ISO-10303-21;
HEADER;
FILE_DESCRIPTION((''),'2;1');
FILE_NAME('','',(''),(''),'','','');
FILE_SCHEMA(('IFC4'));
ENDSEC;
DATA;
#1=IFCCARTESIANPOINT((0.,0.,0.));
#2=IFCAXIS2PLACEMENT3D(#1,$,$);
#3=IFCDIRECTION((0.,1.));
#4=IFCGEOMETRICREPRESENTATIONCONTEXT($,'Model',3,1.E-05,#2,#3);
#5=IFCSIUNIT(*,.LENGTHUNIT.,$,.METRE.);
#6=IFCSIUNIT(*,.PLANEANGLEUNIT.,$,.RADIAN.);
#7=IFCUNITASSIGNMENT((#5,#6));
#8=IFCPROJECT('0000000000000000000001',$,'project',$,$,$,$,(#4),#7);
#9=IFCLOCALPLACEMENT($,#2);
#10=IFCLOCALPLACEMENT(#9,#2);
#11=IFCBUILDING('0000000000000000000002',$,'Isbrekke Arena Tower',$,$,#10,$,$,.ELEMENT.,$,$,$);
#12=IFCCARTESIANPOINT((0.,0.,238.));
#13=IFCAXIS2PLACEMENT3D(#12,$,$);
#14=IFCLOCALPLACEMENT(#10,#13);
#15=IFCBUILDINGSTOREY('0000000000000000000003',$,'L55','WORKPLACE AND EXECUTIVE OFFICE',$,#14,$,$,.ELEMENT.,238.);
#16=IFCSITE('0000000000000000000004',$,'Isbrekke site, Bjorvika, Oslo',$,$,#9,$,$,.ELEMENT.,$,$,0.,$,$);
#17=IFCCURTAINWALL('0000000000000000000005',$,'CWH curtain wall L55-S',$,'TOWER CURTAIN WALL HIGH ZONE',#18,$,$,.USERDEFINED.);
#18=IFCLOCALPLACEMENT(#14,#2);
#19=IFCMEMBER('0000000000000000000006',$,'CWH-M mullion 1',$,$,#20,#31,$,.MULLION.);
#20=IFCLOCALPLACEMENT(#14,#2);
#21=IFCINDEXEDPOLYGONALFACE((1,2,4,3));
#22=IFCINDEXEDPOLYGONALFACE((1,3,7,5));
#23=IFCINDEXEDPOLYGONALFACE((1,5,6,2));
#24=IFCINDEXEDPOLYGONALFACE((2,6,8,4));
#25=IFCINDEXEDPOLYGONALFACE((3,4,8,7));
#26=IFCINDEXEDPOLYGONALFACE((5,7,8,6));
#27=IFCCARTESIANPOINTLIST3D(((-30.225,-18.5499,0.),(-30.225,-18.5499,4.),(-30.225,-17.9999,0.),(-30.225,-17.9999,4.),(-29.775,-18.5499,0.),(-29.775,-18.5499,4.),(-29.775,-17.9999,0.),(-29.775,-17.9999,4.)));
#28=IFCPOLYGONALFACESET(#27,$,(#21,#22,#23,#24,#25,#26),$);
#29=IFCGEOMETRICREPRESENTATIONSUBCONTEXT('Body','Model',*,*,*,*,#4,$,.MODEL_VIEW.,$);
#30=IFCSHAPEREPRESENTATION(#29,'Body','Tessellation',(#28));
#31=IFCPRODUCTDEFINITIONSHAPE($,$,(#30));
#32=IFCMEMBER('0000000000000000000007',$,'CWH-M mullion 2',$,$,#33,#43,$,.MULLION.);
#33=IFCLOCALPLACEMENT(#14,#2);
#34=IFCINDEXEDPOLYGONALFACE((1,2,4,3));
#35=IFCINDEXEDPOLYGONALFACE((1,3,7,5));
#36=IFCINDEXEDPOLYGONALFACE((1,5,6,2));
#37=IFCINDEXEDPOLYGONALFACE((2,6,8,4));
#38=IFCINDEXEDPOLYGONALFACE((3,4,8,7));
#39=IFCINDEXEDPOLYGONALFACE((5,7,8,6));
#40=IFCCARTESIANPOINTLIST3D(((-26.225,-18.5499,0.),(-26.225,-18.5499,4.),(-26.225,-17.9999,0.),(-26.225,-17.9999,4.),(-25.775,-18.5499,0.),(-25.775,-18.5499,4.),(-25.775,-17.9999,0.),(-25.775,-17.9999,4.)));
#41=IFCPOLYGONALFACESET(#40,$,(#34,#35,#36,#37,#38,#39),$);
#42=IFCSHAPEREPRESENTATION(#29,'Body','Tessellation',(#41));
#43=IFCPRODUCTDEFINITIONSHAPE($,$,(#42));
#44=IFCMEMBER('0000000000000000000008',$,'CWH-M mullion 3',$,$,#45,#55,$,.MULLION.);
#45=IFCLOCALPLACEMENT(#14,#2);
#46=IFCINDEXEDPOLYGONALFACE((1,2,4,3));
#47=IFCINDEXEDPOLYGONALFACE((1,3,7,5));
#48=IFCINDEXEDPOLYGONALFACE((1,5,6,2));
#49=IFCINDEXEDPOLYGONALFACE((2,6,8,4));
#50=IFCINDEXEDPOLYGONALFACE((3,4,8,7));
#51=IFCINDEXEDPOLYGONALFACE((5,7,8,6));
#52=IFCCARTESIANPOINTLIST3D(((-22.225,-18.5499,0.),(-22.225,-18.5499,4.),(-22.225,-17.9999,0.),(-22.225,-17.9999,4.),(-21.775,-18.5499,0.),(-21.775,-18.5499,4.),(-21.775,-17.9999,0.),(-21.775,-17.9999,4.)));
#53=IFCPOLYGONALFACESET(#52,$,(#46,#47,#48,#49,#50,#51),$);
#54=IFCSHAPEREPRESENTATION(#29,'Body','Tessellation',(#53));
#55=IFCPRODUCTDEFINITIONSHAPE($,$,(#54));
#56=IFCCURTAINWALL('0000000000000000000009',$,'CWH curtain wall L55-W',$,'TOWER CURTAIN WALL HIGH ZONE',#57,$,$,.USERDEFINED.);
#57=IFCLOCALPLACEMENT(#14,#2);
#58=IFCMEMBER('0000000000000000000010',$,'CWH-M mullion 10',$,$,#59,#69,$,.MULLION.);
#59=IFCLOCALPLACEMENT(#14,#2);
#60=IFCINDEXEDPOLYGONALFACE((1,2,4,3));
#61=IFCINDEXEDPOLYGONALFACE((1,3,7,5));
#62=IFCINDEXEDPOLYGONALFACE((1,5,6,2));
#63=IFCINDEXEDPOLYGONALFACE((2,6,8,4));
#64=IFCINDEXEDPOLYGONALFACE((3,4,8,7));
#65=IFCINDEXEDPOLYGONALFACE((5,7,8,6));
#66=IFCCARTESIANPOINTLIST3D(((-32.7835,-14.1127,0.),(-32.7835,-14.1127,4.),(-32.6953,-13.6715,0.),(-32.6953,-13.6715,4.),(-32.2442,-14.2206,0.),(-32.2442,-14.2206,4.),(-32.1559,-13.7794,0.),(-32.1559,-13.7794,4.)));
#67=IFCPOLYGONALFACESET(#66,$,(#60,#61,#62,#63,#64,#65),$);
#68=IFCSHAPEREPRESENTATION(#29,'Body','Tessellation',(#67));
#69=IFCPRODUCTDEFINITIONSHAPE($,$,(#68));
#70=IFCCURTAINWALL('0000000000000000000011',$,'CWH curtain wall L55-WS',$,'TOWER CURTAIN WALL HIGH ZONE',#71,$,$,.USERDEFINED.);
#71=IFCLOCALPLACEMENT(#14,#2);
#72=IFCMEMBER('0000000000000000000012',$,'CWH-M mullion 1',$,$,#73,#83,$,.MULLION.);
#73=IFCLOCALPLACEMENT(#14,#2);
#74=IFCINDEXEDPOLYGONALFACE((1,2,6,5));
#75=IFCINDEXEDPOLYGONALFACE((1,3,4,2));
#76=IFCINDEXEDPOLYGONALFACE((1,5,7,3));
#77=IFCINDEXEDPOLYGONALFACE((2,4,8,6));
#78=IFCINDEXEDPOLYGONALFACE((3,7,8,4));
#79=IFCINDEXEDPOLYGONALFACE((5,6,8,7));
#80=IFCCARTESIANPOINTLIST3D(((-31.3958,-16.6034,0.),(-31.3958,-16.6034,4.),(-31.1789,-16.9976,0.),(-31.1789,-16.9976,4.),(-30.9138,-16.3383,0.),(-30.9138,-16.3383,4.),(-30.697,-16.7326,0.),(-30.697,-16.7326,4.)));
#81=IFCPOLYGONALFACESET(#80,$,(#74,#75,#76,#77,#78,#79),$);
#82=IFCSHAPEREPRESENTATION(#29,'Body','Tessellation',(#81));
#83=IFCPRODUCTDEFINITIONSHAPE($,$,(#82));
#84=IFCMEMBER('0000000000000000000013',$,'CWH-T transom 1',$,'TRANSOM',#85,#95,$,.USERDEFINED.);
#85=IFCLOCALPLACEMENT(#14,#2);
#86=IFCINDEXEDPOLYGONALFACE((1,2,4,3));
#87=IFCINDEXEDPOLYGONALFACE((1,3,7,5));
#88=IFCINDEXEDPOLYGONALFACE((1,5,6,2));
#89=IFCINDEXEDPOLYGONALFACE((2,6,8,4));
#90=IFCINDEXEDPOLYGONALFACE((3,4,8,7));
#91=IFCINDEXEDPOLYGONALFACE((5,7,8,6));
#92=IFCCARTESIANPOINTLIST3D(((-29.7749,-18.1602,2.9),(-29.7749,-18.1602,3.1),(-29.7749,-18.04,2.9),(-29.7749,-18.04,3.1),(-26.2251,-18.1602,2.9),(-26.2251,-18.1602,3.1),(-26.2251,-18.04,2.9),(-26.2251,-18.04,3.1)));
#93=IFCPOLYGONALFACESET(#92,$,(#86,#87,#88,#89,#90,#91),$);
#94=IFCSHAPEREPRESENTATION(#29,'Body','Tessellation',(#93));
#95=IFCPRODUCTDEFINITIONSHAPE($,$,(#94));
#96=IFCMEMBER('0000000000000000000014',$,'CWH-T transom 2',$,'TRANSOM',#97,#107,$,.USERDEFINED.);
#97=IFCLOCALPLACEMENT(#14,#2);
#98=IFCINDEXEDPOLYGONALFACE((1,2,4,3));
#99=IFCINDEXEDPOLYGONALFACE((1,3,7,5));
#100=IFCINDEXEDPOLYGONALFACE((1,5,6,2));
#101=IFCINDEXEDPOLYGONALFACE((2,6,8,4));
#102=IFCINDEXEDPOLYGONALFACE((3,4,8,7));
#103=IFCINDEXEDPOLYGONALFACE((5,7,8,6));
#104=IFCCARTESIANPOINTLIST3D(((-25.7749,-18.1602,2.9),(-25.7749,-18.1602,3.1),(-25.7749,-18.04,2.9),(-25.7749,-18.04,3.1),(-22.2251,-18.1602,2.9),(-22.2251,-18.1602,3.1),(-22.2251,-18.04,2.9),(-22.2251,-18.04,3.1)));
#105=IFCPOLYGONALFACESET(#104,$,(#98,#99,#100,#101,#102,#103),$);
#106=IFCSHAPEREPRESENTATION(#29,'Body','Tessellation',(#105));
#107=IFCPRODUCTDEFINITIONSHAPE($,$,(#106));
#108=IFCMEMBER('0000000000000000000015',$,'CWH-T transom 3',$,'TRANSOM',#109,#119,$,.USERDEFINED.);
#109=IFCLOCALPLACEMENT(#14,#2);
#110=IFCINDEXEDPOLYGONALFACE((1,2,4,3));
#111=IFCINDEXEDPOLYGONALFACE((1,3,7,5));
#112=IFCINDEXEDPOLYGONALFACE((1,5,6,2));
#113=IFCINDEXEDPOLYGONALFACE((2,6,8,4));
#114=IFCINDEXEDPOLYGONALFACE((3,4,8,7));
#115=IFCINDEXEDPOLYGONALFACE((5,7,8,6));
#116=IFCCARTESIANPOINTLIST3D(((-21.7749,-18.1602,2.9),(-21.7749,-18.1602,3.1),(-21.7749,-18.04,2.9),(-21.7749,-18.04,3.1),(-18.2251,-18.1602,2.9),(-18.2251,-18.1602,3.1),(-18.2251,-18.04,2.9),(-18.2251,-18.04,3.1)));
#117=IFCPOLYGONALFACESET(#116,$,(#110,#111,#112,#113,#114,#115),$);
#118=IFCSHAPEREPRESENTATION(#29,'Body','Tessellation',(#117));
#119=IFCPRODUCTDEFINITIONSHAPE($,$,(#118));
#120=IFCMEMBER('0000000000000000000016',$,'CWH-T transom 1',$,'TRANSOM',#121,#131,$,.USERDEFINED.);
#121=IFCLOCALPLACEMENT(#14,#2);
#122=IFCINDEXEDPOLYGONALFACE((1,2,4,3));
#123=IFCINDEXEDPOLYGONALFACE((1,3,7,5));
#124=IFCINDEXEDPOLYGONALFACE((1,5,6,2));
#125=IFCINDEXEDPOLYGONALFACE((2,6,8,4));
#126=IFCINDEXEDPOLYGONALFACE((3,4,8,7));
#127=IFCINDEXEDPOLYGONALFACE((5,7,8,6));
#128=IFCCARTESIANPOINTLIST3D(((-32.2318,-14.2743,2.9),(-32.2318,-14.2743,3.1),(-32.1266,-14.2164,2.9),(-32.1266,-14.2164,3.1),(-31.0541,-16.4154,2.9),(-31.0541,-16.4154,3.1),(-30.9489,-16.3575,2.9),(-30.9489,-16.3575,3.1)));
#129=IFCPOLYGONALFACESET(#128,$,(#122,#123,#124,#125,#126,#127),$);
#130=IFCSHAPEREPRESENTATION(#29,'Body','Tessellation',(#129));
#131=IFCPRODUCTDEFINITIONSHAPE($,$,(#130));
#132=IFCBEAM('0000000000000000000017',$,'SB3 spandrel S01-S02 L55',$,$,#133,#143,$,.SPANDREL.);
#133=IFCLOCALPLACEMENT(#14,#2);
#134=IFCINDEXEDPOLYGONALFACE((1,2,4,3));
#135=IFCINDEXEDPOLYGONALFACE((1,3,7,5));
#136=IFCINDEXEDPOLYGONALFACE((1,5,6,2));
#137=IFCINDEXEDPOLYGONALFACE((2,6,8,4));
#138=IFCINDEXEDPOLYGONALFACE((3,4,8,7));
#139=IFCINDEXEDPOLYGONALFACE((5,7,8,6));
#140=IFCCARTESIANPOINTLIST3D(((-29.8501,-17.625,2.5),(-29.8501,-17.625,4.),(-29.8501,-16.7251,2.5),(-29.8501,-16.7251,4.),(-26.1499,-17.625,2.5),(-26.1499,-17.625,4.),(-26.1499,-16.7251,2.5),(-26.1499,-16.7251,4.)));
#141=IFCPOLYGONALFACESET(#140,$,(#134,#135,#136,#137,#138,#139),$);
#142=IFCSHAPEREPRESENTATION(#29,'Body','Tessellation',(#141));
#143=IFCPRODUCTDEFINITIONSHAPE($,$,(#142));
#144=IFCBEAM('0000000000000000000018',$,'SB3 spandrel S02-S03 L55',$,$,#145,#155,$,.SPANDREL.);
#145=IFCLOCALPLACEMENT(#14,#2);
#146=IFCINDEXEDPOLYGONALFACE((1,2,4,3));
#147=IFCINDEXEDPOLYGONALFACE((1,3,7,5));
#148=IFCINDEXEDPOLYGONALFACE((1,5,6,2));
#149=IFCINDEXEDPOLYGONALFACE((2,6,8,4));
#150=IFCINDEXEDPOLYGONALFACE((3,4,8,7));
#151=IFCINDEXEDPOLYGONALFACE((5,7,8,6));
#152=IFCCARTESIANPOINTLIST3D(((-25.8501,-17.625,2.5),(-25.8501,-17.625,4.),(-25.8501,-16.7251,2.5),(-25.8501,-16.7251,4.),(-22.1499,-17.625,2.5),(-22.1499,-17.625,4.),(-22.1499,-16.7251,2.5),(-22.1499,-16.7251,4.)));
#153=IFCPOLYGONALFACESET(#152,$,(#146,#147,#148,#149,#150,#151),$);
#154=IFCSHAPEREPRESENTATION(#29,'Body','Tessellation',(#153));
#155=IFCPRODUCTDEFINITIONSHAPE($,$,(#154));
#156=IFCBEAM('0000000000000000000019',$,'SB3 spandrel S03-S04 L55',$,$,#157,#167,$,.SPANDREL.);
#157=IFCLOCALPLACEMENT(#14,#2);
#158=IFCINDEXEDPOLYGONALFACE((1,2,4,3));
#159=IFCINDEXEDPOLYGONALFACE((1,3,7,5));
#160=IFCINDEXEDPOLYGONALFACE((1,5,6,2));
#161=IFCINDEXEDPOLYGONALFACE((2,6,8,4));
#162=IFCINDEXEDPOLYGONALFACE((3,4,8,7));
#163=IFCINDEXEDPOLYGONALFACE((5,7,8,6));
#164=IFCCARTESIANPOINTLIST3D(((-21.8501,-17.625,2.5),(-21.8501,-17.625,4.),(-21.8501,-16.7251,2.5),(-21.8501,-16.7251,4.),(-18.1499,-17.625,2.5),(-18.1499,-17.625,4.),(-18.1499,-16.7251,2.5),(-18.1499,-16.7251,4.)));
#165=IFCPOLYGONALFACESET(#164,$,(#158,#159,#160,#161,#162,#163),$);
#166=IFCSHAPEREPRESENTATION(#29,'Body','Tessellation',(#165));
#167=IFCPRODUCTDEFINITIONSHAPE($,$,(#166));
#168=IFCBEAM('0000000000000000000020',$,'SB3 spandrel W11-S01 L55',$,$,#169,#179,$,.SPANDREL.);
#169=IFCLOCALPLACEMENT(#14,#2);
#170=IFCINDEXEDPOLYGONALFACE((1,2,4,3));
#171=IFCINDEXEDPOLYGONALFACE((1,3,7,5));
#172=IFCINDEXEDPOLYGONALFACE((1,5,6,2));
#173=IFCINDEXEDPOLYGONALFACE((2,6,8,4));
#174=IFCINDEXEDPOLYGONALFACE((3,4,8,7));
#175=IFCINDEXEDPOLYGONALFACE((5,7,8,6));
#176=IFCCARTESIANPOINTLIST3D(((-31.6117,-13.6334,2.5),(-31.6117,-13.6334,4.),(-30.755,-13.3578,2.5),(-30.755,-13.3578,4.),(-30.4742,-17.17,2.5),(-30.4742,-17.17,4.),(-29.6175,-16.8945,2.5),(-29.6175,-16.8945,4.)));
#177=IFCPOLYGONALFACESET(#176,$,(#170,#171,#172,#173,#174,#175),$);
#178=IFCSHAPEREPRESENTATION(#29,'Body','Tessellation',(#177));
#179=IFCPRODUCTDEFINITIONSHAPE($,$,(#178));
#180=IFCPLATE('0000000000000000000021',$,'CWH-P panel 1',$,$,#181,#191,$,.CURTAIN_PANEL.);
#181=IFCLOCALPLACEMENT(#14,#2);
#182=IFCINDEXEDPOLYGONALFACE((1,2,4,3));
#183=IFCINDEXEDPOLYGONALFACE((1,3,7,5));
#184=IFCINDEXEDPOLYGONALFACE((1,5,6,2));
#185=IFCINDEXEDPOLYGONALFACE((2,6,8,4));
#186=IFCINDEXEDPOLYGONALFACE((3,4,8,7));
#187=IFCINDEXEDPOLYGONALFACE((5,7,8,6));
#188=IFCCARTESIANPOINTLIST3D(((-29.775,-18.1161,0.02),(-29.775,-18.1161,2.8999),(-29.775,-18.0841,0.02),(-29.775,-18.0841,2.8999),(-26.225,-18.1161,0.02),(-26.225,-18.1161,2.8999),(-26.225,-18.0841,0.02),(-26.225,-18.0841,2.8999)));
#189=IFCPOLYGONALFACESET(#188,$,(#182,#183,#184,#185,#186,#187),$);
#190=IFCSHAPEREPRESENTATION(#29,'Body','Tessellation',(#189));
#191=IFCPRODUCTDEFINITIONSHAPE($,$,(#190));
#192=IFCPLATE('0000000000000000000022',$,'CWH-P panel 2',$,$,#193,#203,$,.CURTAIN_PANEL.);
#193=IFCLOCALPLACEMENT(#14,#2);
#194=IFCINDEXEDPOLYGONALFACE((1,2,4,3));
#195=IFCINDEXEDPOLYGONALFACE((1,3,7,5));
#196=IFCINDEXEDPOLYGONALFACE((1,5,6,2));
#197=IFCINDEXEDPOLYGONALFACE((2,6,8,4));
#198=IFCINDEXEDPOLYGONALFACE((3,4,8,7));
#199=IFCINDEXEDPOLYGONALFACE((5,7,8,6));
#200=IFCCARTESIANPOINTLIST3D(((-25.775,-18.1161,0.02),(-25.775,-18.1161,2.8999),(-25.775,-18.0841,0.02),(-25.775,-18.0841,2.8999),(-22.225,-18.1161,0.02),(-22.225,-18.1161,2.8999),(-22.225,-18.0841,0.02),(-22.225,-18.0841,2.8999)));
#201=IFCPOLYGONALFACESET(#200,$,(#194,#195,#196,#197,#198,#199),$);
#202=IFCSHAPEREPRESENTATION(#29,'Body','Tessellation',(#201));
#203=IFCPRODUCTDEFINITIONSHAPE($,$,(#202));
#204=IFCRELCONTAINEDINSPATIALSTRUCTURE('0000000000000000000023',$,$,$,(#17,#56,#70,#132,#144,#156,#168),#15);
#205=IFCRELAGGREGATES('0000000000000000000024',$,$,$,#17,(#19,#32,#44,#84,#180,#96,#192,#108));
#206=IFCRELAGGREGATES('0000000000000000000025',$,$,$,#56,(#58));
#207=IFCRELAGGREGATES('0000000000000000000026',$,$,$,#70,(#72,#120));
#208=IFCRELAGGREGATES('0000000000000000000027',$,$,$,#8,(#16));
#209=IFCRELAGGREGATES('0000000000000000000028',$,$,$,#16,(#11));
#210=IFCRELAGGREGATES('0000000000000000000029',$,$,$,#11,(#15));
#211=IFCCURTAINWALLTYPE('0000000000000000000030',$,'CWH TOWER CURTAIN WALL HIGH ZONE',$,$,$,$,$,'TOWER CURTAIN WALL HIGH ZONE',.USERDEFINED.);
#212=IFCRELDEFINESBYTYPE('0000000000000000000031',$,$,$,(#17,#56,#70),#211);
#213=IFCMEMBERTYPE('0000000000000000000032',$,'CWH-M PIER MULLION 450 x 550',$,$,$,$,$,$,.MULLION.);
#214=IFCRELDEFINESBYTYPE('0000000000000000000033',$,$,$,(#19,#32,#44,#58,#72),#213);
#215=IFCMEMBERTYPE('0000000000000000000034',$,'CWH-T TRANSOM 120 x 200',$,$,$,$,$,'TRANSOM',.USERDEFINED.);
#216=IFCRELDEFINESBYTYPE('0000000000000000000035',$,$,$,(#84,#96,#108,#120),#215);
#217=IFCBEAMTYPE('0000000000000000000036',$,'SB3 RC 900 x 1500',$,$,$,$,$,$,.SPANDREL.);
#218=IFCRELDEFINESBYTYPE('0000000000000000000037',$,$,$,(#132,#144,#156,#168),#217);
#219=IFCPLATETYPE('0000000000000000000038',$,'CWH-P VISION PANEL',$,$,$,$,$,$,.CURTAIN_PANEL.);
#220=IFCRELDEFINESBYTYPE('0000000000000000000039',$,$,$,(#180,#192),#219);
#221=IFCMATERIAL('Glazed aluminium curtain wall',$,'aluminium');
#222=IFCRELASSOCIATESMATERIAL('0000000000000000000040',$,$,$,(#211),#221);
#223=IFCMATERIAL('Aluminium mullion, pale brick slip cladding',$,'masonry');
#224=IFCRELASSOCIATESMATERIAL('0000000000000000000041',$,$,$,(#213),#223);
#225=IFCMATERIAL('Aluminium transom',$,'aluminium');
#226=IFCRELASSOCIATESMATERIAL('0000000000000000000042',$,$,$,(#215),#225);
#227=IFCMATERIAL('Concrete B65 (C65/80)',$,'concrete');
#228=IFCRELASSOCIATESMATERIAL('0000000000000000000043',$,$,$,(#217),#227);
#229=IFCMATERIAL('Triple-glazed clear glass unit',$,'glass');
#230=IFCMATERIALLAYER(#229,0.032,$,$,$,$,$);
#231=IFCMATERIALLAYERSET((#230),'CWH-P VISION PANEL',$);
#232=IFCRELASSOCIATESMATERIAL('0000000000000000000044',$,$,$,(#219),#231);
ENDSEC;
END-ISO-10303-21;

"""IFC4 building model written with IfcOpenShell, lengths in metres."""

from ifc_helpers import new_model, si_unit, direction, frame, origin, origin_2d, place, context, subcontext, project, spatial, rectangle, extrude, material, layer, layer_set, material_profile, profile_set, type_object, element, aggregate, save


model = new_model("IFC4")

# Units and contexts
model_context = context("Model", 3, precision=1e-05, world=origin(), true_north=direction((0.0, 1.0)))
body_context = subcontext(model_context, "Body", "Model", "MODEL_VIEW")
ifc_project = project(units=[si_unit("LENGTHUNIT", "METRE"), si_unit("PLANEANGLEUNIT", "RADIAN")], contexts=[model_context])

# Site, building, storey
site_placement = place(None, origin())
site = spatial("IfcSite", under=ifc_project, at=site_placement, Name="Isbrekke site, Bjorvika, Oslo", CompositionType="ELEMENT", RefElevation=0.0)
building_placement = place(site_placement, origin())
building = spatial("IfcBuilding", under=site, at=building_placement, Name="Isbrekke Arena Tower", CompositionType="ELEMENT")
storey_placement = place(building_placement, frame((0.0, 0.0, 238.0)))
storey = spatial("IfcBuildingStorey", under=building, at=storey_placement, Name="L55", Description="WORKPLACE AND EXECUTIVE OFFICE", CompositionType="ELEMENT", Elevation=238.0)

# Curtain wall, members
ifc_material_1 = material(Name="Glazed aluminium curtain wall", Category="aluminium")
curtain_wall_type = type_object("IfcCurtainWallType", Name="CWH TOWER CURTAIN WALL HIGH ZONE", ElementType="TOWER CURTAIN WALL HIGH ZONE", PredefinedType="USERDEFINED", material=ifc_material_1)
curtain_wall_1_placement = place(storey_placement, origin())
curtain_wall_1 = element("IfcCurtainWall", 1, at=curtain_wall_1_placement, inside=storey, type_object=curtain_wall_type, Name="CWH curtain wall L55-S", ObjectType="TOWER CURTAIN WALL HIGH ZONE", PredefinedType="USERDEFINED")
ifc_material_2 = material(Name="Aluminium mullion, pale brick slip cladding", Category="masonry")
ifc_material_profile_1 = material_profile(ifc_material_2, rectangle(XDim=0.45, YDim=0.55, at=origin_2d()), Name="PIER 450X550")
ifc_profile_set_1 = profile_set([ifc_material_profile_1], Name="Aluminium mullion, pale brick slip cladding")
member_type_1 = type_object("IfcMemberType", Name="CWH-M PIER MULLION 450 x 550", PredefinedType="MULLION", material=ifc_profile_set_1)
member_1_placement = place(storey_placement, frame((-30.0, -18.2749, 0.0), z_axis=(0.0, 0.0, 1.0), x_axis=(1.0, 0.0, 0.0)))
member_1 = element("IfcMember", 2, at=member_1_placement, type_object=member_type_1, Name="CWH-M mullion 1", PredefinedType="MULLION", context=body_context, shape_type="SweptSolid", body=[
    extrude(rectangle(XDim=0.45, YDim=0.55, at=origin_2d()), origin(), (0.0, 0.0, 1.0), 4.0),
])
member_2_placement = place(storey_placement, frame((-26.0, -18.2749, 0.0), z_axis=(0.0, 0.0, 1.0), x_axis=(1.0, 0.0, 0.0)))
member_2 = element("IfcMember", 3, at=member_2_placement, type_object=member_type_1, Name="CWH-M mullion 2", PredefinedType="MULLION", context=body_context, shape_type="SweptSolid", body=[
    extrude(rectangle(XDim=0.45, YDim=0.55, at=origin_2d()), origin(), (0.0, 0.0, 1.0), 4.0),
])
member_3_placement = place(storey_placement, frame((-22.0, -18.2749, 0.0), z_axis=(0.0, 0.0, 1.0), x_axis=(1.0, 0.0, 0.0)))
member_3 = element("IfcMember", 4, at=member_3_placement, type_object=member_type_1, Name="CWH-M mullion 3", PredefinedType="MULLION", context=body_context, shape_type="SweptSolid", body=[
    extrude(rectangle(XDim=0.45, YDim=0.55, at=origin_2d()), origin(), (0.0, 0.0, 1.0), 4.0),
])

# Curtain walls, members
curtain_wall_2_placement = place(storey_placement, origin())
curtain_wall_2 = element("IfcCurtainWall", 5, at=curtain_wall_2_placement, inside=storey, type_object=curtain_wall_type, Name="CWH curtain wall L55-W", ObjectType="TOWER CURTAIN WALL HIGH ZONE", PredefinedType="USERDEFINED")
member_4_placement = place(storey_placement, frame((-32.4697, -13.946, 0.0), z_axis=(0.0, 0.0, 1.0), x_axis=(-0.196116, -0.980581, 0.0)))
member_4 = element("IfcMember", 6, at=member_4_placement, type_object=member_type_1, Name="CWH-M mullion 10", PredefinedType="MULLION", context=body_context, shape_type="SweptSolid", body=[
    extrude(rectangle(XDim=0.45, YDim=0.55, at=origin_2d()), origin(), (0.0, 0.0, 1.0), 4.0),
])
curtain_wall_3_placement = place(storey_placement, origin())
curtain_wall_3 = element("IfcCurtainWall", 7, at=curtain_wall_3_placement, inside=storey, type_object=curtain_wall_type, Name="CWH curtain wall L55-WS", ObjectType="TOWER CURTAIN WALL HIGH ZONE", PredefinedType="USERDEFINED")
member_5_placement = place(storey_placement, frame((-31.0464, -16.668, 0.0), z_axis=(0.0, 0.0, 1.0), x_axis=(0.481919, -0.876216, 0.0)))
member_5 = element("IfcMember", 8, at=member_5_placement, type_object=member_type_1, Name="CWH-M mullion 1", PredefinedType="MULLION", context=body_context, shape_type="SweptSolid", body=[
    extrude(rectangle(XDim=0.45, YDim=0.55, at=origin_2d()), origin(), (0.0, 0.0, 1.0), 4.0),
])

# Members
ifc_material_3 = material(Name="Aluminium transom", Category="aluminium")
ifc_material_profile_2 = material_profile(ifc_material_3, rectangle(XDim=0.1201, YDim=0.2, at=origin_2d()), Name="TRANSOM 120X200")
ifc_profile_set_2 = profile_set([ifc_material_profile_2], Name="Aluminium transom")
member_type_2 = type_object("IfcMemberType", Name="CWH-T TRANSOM 120 x 200", ElementType="TRANSOM", PredefinedType="USERDEFINED", material=ifc_profile_set_2)
member_6_placement = place(storey_placement, frame((-29.7749, -18.1001, 3.0), z_axis=(1.0, 0.0, 0.0), x_axis=(0.0, 1.0, 0.0)))
member_6 = element("IfcMember", 9, at=member_6_placement, type_object=member_type_2, Name="CWH-T transom 1", ObjectType="TRANSOM", PredefinedType="USERDEFINED", context=body_context, shape_type="SweptSolid", body=[
    extrude(rectangle(XDim=0.1201, YDim=0.2, at=origin_2d()), origin(), (0.0, 0.0, 1.0), 3.5498),
])
member_7_placement = place(storey_placement, frame((-25.7749, -18.1001, 3.0), z_axis=(1.0, 0.0, 0.0), x_axis=(0.0, 1.0, 0.0)))
member_7 = element("IfcMember", 10, at=member_7_placement, type_object=member_type_2, Name="CWH-T transom 2", ObjectType="TRANSOM", PredefinedType="USERDEFINED", context=body_context, shape_type="SweptSolid", body=[
    extrude(rectangle(XDim=0.1201, YDim=0.2, at=origin_2d()), origin(), (0.0, 0.0, 1.0), 3.5498),
])
member_8_placement = place(storey_placement, frame((-21.7749, -18.1001, 3.0), z_axis=(1.0, 0.0, 0.0), x_axis=(0.0, 1.0, 0.0)))
member_8 = element("IfcMember", 11, at=member_8_placement, type_object=member_type_2, Name="CWH-T transom 3", ObjectType="TRANSOM", PredefinedType="USERDEFINED", context=body_context, shape_type="SweptSolid", body=[
    extrude(rectangle(XDim=0.1201, YDim=0.2, at=origin_2d()), origin(), (0.0, 0.0, 1.0), 3.5498),
])
member_9_placement = place(storey_placement, frame((-32.1792, -14.2454, 3.0), z_axis=(0.481957, -0.876195, 0.0), x_axis=(0.876195, 0.481957, 0.0)))
member_9 = element("IfcMember", 12, at=member_9_placement, type_object=member_type_2, Name="CWH-T transom 1", ObjectType="TRANSOM", PredefinedType="USERDEFINED", context=body_context, shape_type="SweptSolid", body=[
    extrude(rectangle(XDim=0.1201, YDim=0.2, at=origin_2d()), origin(), (0.0, 0.0, 1.0), 2.4436),
])

# Beams
ifc_material_4 = material(Name="Concrete B65 (C65/80)", Category="concrete")
ifc_material_profile_3 = material_profile(ifc_material_4, rectangle(XDim=0.8999, YDim=1.5, at=origin_2d()), Name="RC 900x1500")
ifc_profile_set_3 = profile_set([ifc_material_profile_3], Name="Concrete B65 (C65/80)")
beam_type_1 = type_object("IfcBeamType", Name="SB3 RC 900 x 1500", PredefinedType="SPANDREL", material=ifc_profile_set_3)
for number, where, z_axis, x_axis, name in (
    (13, (-29.8501, -17.175, 3.25), (1.0, 0.0, 0.0), (0.0, 1.0, 0.0), "SB3 spandrel S01-S02 L55"),
    (14, (-25.8501, -17.175, 3.25), (1.0, 0.0, 0.0), (0.0, 1.0, 0.0), "SB3 spandrel S02-S03 L55"),
    (15, (-21.8501, -17.175, 3.25), (1.0, 0.0, 0.0), (0.0, 1.0, 0.0), "SB3 spandrel S03-S04 L55"),
):
    element("IfcBeam", number, at=place(storey_placement, frame(where, z_axis=z_axis, x_axis=x_axis)), inside=storey, type_object=beam_type_1, Name=name, PredefinedType="SPANDREL", context=body_context, shape_type="SweptSolid", body=[
        extrude(rectangle(XDim=0.8999, YDim=1.5, at=origin_2d()), origin(), (0.0, 0.0, 1.0), 3.7002),
    ])
beam_1_placement = place(storey_placement, frame((-31.1833, -13.4956, 3.25), z_axis=(0.306175, -0.951975, 0.0), x_axis=(0.951975, 0.306175, 0.0)))
element("IfcBeam", 16, at=beam_1_placement, inside=storey, type_object=beam_type_1, Name="SB3 spandrel W11-S01 L55", PredefinedType="SPANDREL", context=body_context, shape_type="SweptSolid", body=[
    extrude(rectangle(XDim=0.8999, YDim=1.5, at=origin_2d()), origin(), (0.0, 0.0, 1.0), 3.7151),
])

# Plates
ifc_material_5 = material(Name="Triple-glazed clear glass unit", Category="glass")
ifc_layer = layer(ifc_material_5, 0.032)
ifc_layer_set = layer_set([ifc_layer], Name="CWH-P VISION PANEL")
plate_type = type_object("IfcPlateType", Name="CWH-P VISION PANEL", PredefinedType="CURTAIN_PANEL", material=ifc_layer_set)
plate_1_placement = place(storey_placement, frame((-28.0, -18.1001, 0.02), z_axis=(0.0, 0.0, 1.0), x_axis=(1.0, 0.0, 0.0)))
plate_1 = element("IfcPlate", 17, at=plate_1_placement, type_object=plate_type, Name="CWH-P panel 1", PredefinedType="CURTAIN_PANEL", context=body_context, shape_type="SweptSolid", body=[
    extrude(rectangle(XDim=3.55, YDim=0.032, at=origin_2d()), origin(), (0.0, 0.0, 1.0), 2.8799),
])
plate_2_placement = place(storey_placement, frame((-24.0, -18.1001, 0.02), z_axis=(0.0, 0.0, 1.0), x_axis=(1.0, 0.0, 0.0)))
plate_2 = element("IfcPlate", 18, at=plate_2_placement, type_object=plate_type, Name="CWH-P panel 2", PredefinedType="CURTAIN_PANEL", context=body_context, shape_type="SweptSolid", body=[
    extrude(rectangle(XDim=3.55, YDim=0.032, at=origin_2d()), origin(), (0.0, 0.0, 1.0), 2.8799),
])
aggregate(curtain_wall_1, [member_1, member_2, member_3, member_6, plate_1, member_7, plate_2, member_8])
aggregate(curtain_wall_2, [member_4])
aggregate(curtain_wall_3, [member_5, member_9])

save(model, "model.ifc")
